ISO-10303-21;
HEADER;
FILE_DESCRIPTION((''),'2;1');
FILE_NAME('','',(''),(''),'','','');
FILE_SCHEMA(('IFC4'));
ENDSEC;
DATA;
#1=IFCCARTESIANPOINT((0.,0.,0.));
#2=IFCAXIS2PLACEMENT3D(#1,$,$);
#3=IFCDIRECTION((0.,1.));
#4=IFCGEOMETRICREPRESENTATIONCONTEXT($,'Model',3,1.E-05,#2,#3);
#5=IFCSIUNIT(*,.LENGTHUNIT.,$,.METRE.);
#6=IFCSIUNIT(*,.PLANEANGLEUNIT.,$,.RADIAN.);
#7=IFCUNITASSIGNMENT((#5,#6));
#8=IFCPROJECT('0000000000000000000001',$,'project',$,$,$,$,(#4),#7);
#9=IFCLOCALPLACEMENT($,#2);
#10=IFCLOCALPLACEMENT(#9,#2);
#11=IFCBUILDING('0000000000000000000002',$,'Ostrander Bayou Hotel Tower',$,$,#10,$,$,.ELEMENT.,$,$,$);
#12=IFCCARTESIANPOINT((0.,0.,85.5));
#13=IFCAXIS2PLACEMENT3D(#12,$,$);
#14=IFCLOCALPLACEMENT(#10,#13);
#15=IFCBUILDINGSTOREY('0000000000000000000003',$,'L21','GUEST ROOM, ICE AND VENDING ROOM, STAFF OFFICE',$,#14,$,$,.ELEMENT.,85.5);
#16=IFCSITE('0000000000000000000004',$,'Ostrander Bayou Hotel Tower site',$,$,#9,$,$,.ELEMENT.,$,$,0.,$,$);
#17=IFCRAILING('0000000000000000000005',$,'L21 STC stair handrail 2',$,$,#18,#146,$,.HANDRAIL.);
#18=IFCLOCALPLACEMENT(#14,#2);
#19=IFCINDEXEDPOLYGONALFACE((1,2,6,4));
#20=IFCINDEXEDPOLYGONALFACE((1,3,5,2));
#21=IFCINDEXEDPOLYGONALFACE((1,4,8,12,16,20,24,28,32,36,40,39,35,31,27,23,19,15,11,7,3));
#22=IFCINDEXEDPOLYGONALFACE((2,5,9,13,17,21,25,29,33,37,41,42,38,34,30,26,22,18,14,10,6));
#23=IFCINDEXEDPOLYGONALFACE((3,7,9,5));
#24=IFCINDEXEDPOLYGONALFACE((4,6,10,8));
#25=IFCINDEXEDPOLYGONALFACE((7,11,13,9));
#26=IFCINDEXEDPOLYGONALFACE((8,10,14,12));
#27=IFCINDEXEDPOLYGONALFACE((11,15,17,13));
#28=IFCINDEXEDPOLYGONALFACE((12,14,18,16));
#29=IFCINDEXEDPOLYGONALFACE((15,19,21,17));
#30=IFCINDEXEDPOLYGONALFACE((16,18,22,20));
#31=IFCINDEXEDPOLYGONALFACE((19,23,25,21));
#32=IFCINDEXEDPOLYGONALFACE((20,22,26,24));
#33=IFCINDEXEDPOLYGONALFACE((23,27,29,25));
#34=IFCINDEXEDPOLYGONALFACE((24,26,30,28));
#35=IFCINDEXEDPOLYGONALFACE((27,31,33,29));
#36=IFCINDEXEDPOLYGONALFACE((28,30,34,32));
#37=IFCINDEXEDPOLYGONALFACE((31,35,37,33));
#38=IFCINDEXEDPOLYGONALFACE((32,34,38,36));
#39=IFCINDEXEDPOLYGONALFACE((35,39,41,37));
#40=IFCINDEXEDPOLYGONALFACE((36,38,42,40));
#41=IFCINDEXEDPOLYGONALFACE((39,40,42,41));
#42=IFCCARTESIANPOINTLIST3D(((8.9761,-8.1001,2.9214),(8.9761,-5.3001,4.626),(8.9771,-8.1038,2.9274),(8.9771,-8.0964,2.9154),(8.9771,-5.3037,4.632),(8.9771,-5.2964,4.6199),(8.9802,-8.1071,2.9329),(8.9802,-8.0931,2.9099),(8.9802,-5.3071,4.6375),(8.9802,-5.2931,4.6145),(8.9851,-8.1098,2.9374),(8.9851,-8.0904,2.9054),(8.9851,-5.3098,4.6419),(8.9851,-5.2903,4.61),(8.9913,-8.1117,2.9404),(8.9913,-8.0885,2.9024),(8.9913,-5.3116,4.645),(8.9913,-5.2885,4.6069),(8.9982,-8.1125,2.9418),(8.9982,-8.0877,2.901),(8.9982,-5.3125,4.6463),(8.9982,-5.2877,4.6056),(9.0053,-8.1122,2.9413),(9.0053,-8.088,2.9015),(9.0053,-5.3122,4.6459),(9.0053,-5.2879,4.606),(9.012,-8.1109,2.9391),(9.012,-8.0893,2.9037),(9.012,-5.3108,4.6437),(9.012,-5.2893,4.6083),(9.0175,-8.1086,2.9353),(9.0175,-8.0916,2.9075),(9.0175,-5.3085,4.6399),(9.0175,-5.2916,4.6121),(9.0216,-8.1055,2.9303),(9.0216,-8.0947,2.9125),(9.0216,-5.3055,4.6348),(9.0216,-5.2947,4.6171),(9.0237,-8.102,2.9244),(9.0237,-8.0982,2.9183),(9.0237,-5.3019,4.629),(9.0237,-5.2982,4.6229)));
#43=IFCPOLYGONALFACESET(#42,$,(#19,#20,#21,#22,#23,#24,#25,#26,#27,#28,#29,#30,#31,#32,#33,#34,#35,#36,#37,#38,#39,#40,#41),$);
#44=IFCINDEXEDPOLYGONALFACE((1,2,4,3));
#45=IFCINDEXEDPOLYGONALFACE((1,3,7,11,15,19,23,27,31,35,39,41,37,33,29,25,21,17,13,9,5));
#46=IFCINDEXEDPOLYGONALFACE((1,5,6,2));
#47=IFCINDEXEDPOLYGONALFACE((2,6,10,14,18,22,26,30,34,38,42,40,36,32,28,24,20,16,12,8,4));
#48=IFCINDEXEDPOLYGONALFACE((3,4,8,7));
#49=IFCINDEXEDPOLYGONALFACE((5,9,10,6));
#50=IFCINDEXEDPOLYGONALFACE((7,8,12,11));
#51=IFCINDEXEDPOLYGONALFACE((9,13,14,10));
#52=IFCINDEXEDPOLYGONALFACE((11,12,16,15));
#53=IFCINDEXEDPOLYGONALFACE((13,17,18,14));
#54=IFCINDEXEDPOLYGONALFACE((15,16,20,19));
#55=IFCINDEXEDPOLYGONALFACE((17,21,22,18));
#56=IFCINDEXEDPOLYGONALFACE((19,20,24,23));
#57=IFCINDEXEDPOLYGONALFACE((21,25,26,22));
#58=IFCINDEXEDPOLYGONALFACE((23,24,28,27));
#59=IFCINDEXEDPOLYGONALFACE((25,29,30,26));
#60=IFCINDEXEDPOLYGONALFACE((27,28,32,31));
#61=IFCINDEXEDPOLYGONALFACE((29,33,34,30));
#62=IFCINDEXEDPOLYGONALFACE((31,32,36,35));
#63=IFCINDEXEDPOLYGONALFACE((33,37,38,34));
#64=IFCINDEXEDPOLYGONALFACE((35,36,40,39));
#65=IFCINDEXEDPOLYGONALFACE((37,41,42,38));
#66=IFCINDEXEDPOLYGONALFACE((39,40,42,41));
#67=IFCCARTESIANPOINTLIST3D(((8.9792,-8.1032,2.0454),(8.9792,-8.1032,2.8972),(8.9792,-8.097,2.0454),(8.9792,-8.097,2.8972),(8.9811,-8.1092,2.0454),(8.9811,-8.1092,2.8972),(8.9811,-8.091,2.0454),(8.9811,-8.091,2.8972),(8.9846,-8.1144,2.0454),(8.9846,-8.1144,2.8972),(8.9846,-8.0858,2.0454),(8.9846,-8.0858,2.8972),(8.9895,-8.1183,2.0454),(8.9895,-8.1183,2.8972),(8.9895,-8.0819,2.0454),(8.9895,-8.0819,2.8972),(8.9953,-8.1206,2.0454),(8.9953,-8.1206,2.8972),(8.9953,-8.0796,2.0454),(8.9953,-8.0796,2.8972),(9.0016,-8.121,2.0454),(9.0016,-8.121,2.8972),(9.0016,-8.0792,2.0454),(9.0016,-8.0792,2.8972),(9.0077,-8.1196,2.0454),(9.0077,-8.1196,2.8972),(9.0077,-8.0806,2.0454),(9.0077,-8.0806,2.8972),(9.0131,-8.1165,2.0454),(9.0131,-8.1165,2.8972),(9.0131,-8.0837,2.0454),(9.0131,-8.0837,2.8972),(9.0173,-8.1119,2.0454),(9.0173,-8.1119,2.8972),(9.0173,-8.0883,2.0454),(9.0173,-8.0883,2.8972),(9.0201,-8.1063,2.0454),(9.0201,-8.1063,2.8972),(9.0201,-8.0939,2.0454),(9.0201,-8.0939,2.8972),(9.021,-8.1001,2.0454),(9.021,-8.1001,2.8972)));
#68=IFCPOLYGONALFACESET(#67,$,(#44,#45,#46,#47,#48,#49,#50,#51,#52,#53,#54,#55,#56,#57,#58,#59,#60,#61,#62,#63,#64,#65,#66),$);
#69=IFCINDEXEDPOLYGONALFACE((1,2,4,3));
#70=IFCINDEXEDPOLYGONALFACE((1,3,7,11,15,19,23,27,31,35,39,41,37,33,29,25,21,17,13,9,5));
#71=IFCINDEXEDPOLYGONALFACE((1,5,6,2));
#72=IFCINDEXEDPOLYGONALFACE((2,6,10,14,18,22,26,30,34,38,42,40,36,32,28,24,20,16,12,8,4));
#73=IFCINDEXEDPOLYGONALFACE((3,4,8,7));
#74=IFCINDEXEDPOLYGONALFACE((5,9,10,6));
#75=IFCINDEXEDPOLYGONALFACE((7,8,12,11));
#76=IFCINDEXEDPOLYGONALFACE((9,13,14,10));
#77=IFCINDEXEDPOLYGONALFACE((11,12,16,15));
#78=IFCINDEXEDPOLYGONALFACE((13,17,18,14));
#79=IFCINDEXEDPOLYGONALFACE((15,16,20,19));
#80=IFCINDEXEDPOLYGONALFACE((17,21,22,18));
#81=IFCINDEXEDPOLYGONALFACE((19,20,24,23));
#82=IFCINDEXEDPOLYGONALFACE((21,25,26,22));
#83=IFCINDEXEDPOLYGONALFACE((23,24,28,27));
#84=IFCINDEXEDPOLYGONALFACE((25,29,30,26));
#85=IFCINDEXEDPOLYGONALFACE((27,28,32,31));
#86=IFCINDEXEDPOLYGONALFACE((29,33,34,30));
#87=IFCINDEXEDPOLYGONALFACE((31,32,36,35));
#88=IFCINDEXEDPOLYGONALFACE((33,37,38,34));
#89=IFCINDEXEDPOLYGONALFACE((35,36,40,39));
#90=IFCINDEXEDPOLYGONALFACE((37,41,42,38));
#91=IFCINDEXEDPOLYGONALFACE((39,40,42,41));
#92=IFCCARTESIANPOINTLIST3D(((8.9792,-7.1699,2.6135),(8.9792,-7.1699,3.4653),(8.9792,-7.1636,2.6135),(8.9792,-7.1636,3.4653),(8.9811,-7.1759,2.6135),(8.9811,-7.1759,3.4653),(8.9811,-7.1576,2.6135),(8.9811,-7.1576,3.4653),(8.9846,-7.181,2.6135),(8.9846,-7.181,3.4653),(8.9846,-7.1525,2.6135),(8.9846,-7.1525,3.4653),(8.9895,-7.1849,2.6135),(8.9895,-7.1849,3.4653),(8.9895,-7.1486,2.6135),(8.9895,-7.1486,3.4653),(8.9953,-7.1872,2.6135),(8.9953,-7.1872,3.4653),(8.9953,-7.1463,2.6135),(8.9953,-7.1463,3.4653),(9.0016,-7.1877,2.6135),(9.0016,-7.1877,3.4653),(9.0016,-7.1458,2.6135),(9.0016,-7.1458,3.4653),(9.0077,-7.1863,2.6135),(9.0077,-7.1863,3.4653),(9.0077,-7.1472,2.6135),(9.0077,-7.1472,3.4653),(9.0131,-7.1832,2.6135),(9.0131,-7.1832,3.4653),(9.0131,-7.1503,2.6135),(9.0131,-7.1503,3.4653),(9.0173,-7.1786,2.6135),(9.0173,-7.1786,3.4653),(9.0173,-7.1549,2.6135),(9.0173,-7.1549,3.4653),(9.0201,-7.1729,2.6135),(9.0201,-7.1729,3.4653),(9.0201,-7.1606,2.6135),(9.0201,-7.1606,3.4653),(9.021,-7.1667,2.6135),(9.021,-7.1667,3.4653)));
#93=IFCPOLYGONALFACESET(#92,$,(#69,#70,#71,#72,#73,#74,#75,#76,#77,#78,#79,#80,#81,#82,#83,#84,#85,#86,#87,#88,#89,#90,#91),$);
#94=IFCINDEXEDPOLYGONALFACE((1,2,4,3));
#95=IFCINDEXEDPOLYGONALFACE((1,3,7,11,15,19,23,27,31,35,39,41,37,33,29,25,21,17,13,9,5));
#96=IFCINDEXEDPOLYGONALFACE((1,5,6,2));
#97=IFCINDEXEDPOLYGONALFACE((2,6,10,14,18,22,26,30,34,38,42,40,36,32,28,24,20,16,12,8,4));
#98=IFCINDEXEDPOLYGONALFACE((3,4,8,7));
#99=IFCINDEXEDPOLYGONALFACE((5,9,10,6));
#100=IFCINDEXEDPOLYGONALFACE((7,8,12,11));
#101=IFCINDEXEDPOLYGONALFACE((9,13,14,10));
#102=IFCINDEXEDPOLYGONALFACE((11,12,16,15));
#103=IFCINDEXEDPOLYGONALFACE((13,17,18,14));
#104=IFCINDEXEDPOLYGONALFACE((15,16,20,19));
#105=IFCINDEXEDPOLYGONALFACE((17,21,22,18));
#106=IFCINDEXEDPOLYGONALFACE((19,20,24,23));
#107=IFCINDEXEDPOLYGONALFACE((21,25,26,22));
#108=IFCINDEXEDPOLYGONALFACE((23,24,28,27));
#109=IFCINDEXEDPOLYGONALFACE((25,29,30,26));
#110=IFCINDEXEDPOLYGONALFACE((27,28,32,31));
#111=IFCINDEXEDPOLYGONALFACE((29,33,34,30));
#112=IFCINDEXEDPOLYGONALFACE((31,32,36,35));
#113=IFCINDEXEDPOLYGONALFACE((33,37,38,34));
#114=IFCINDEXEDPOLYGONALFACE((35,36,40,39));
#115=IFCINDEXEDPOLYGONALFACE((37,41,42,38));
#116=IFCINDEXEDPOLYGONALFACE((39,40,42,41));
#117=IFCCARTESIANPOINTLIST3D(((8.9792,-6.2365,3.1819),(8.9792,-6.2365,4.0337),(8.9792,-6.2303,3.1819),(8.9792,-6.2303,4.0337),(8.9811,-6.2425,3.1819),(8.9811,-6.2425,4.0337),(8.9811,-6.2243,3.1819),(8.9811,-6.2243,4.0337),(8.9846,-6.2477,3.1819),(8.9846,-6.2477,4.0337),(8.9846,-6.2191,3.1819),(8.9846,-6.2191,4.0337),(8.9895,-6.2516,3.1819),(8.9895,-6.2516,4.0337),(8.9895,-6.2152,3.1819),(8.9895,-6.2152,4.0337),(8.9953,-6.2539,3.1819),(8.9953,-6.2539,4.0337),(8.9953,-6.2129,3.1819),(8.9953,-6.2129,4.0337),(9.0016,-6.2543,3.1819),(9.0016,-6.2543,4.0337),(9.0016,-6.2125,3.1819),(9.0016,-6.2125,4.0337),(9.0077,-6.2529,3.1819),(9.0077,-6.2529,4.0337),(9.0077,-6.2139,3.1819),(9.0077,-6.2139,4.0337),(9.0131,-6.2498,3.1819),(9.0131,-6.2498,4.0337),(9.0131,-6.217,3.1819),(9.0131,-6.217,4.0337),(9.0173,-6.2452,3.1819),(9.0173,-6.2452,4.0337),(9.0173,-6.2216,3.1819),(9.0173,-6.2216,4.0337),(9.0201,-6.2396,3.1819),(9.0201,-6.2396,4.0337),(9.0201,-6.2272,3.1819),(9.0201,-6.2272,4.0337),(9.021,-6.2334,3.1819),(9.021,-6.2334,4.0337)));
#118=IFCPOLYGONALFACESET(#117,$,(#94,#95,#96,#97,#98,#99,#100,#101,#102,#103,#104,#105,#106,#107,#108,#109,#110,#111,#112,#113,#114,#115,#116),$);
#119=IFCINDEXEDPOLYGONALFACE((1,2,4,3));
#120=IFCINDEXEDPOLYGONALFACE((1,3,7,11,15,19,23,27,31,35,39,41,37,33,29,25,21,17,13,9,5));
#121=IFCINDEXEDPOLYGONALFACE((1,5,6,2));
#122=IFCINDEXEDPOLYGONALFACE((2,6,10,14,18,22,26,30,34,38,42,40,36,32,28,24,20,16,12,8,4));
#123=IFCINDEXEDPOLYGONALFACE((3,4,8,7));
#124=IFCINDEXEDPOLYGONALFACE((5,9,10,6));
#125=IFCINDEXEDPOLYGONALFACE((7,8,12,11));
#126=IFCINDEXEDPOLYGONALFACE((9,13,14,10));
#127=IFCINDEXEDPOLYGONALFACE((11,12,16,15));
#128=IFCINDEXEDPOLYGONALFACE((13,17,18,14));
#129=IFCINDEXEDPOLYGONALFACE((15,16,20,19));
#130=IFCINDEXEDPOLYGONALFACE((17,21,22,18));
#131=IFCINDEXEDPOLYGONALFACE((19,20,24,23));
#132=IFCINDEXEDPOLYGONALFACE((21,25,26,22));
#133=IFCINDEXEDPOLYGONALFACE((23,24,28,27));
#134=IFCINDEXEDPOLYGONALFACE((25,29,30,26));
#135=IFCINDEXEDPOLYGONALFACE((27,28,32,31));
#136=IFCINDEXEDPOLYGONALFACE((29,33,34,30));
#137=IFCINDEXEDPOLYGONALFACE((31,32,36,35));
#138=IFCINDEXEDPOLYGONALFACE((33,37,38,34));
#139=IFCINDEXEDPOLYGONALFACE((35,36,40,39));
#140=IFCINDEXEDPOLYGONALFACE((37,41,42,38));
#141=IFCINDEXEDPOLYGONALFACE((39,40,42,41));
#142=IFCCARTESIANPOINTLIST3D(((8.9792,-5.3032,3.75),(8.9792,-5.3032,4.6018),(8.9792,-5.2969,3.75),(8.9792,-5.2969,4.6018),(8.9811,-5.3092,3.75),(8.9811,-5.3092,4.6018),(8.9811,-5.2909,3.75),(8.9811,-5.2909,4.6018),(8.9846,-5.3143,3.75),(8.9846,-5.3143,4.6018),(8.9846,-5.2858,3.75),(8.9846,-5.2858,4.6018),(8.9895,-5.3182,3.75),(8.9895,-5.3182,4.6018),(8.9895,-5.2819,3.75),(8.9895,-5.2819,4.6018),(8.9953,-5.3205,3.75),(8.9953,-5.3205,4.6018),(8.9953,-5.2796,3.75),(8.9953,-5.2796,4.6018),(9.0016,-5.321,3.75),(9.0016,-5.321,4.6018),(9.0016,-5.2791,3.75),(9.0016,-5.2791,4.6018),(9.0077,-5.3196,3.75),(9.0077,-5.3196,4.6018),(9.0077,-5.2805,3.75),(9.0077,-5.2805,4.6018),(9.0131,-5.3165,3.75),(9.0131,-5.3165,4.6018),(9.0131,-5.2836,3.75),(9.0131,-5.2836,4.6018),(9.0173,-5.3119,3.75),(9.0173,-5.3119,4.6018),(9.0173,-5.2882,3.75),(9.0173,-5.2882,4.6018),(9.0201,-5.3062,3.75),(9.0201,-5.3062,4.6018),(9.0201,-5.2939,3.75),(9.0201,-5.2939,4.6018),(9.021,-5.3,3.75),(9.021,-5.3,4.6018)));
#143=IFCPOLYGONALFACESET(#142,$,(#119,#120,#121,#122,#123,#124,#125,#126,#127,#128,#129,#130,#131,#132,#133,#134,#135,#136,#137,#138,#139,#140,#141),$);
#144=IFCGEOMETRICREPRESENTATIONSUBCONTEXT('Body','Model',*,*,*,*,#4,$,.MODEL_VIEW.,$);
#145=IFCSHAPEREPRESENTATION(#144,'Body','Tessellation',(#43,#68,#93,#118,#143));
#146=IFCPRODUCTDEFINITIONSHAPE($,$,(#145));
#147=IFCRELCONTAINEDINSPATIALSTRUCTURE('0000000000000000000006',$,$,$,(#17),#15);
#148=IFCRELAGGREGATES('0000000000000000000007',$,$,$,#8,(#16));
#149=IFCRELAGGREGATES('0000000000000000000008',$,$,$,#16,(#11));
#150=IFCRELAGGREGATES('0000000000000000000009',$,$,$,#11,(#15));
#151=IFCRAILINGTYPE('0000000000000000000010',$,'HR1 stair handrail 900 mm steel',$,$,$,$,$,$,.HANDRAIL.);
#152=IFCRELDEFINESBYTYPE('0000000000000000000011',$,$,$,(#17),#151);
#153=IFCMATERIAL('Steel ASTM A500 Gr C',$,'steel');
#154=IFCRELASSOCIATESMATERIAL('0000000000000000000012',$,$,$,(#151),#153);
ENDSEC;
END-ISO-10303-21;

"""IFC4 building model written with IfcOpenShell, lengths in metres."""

from ifc_helpers import new_model, si_unit, direction, frame, origin, origin_2d, place, context, subcontext, project, spatial, circle, extrude, material, type_object, element, save


model = new_model("IFC4")

# Units and contexts
model_context = context("Model", 3, precision=1e-05, world=origin(), true_north=direction((0.0, 1.0)))
body_context = subcontext(model_context, "Body", "Model", "MODEL_VIEW")
ifc_project = project(units=[si_unit("LENGTHUNIT", "METRE"), si_unit("PLANEANGLEUNIT", "RADIAN")], contexts=[model_context])

# Site, building, storey
site_placement = place(None, origin())
site = spatial("IfcSite", under=ifc_project, at=site_placement, Name="Ostrander Bayou Hotel Tower site", CompositionType="ELEMENT", RefElevation=0.0)
building_placement = place(site_placement, origin())
building = spatial("IfcBuilding", under=site, at=building_placement, Name="Ostrander Bayou Hotel Tower", CompositionType="ELEMENT")
storey_placement = place(building_placement, frame((0.0, 0.0, 85.5)))
storey = spatial("IfcBuildingStorey", under=building, at=storey_placement, Name="L21", Description="GUEST ROOM, ICE AND VENDING ROOM, STAFF OFFICE", CompositionType="ELEMENT", Elevation=85.5)

# Railing
ifc_material_1 = material(Name="Steel ASTM A500 Gr C", Category="steel")
railing_type_1 = type_object("IfcRailingType", Name="HR1 stair handrail 900 mm steel", PredefinedType="HANDRAIL", material=ifc_material_1)
railing_1_placement = place(storey_placement, frame((9.0, -8.1001, 2.0454)))
element("IfcRailing", 1, at=railing_1_placement, inside=storey, type_object=railing_type_1, Name="L21 STC stair handrail 2", PredefinedType="HANDRAIL", context=body_context, shape_type="SweptSolid", body=[
    extrude(circle(Radius=0.0239, at=origin_2d()), frame((0.0, 0.0, 0.876), z_axis=(0.0, 0.85417, 0.519994), x_axis=(-1.0, 0.0, 0.0)), (0.0, 0.0, 1.0), 3.2781),
    extrude(circle(Radius=0.021, at=origin_2d()), origin(), (0.0, 0.0, 1.0), 0.8518),
    extrude(circle(Radius=0.021, at=origin_2d()), frame((0.0, 0.9333, 0.5681)), (0.0, 0.0, 1.0), 0.8518),
    extrude(circle(Radius=0.021, at=origin_2d()), frame((0.0, 1.8667, 1.1365)), (0.0, 0.0, 1.0), 0.8518),
    extrude(circle(Radius=0.021, at=origin_2d()), frame((0.0, 2.8, 1.7046)), (0.0, 0.0, 1.0), 0.8518),
])

save(model, "model.ifc")
